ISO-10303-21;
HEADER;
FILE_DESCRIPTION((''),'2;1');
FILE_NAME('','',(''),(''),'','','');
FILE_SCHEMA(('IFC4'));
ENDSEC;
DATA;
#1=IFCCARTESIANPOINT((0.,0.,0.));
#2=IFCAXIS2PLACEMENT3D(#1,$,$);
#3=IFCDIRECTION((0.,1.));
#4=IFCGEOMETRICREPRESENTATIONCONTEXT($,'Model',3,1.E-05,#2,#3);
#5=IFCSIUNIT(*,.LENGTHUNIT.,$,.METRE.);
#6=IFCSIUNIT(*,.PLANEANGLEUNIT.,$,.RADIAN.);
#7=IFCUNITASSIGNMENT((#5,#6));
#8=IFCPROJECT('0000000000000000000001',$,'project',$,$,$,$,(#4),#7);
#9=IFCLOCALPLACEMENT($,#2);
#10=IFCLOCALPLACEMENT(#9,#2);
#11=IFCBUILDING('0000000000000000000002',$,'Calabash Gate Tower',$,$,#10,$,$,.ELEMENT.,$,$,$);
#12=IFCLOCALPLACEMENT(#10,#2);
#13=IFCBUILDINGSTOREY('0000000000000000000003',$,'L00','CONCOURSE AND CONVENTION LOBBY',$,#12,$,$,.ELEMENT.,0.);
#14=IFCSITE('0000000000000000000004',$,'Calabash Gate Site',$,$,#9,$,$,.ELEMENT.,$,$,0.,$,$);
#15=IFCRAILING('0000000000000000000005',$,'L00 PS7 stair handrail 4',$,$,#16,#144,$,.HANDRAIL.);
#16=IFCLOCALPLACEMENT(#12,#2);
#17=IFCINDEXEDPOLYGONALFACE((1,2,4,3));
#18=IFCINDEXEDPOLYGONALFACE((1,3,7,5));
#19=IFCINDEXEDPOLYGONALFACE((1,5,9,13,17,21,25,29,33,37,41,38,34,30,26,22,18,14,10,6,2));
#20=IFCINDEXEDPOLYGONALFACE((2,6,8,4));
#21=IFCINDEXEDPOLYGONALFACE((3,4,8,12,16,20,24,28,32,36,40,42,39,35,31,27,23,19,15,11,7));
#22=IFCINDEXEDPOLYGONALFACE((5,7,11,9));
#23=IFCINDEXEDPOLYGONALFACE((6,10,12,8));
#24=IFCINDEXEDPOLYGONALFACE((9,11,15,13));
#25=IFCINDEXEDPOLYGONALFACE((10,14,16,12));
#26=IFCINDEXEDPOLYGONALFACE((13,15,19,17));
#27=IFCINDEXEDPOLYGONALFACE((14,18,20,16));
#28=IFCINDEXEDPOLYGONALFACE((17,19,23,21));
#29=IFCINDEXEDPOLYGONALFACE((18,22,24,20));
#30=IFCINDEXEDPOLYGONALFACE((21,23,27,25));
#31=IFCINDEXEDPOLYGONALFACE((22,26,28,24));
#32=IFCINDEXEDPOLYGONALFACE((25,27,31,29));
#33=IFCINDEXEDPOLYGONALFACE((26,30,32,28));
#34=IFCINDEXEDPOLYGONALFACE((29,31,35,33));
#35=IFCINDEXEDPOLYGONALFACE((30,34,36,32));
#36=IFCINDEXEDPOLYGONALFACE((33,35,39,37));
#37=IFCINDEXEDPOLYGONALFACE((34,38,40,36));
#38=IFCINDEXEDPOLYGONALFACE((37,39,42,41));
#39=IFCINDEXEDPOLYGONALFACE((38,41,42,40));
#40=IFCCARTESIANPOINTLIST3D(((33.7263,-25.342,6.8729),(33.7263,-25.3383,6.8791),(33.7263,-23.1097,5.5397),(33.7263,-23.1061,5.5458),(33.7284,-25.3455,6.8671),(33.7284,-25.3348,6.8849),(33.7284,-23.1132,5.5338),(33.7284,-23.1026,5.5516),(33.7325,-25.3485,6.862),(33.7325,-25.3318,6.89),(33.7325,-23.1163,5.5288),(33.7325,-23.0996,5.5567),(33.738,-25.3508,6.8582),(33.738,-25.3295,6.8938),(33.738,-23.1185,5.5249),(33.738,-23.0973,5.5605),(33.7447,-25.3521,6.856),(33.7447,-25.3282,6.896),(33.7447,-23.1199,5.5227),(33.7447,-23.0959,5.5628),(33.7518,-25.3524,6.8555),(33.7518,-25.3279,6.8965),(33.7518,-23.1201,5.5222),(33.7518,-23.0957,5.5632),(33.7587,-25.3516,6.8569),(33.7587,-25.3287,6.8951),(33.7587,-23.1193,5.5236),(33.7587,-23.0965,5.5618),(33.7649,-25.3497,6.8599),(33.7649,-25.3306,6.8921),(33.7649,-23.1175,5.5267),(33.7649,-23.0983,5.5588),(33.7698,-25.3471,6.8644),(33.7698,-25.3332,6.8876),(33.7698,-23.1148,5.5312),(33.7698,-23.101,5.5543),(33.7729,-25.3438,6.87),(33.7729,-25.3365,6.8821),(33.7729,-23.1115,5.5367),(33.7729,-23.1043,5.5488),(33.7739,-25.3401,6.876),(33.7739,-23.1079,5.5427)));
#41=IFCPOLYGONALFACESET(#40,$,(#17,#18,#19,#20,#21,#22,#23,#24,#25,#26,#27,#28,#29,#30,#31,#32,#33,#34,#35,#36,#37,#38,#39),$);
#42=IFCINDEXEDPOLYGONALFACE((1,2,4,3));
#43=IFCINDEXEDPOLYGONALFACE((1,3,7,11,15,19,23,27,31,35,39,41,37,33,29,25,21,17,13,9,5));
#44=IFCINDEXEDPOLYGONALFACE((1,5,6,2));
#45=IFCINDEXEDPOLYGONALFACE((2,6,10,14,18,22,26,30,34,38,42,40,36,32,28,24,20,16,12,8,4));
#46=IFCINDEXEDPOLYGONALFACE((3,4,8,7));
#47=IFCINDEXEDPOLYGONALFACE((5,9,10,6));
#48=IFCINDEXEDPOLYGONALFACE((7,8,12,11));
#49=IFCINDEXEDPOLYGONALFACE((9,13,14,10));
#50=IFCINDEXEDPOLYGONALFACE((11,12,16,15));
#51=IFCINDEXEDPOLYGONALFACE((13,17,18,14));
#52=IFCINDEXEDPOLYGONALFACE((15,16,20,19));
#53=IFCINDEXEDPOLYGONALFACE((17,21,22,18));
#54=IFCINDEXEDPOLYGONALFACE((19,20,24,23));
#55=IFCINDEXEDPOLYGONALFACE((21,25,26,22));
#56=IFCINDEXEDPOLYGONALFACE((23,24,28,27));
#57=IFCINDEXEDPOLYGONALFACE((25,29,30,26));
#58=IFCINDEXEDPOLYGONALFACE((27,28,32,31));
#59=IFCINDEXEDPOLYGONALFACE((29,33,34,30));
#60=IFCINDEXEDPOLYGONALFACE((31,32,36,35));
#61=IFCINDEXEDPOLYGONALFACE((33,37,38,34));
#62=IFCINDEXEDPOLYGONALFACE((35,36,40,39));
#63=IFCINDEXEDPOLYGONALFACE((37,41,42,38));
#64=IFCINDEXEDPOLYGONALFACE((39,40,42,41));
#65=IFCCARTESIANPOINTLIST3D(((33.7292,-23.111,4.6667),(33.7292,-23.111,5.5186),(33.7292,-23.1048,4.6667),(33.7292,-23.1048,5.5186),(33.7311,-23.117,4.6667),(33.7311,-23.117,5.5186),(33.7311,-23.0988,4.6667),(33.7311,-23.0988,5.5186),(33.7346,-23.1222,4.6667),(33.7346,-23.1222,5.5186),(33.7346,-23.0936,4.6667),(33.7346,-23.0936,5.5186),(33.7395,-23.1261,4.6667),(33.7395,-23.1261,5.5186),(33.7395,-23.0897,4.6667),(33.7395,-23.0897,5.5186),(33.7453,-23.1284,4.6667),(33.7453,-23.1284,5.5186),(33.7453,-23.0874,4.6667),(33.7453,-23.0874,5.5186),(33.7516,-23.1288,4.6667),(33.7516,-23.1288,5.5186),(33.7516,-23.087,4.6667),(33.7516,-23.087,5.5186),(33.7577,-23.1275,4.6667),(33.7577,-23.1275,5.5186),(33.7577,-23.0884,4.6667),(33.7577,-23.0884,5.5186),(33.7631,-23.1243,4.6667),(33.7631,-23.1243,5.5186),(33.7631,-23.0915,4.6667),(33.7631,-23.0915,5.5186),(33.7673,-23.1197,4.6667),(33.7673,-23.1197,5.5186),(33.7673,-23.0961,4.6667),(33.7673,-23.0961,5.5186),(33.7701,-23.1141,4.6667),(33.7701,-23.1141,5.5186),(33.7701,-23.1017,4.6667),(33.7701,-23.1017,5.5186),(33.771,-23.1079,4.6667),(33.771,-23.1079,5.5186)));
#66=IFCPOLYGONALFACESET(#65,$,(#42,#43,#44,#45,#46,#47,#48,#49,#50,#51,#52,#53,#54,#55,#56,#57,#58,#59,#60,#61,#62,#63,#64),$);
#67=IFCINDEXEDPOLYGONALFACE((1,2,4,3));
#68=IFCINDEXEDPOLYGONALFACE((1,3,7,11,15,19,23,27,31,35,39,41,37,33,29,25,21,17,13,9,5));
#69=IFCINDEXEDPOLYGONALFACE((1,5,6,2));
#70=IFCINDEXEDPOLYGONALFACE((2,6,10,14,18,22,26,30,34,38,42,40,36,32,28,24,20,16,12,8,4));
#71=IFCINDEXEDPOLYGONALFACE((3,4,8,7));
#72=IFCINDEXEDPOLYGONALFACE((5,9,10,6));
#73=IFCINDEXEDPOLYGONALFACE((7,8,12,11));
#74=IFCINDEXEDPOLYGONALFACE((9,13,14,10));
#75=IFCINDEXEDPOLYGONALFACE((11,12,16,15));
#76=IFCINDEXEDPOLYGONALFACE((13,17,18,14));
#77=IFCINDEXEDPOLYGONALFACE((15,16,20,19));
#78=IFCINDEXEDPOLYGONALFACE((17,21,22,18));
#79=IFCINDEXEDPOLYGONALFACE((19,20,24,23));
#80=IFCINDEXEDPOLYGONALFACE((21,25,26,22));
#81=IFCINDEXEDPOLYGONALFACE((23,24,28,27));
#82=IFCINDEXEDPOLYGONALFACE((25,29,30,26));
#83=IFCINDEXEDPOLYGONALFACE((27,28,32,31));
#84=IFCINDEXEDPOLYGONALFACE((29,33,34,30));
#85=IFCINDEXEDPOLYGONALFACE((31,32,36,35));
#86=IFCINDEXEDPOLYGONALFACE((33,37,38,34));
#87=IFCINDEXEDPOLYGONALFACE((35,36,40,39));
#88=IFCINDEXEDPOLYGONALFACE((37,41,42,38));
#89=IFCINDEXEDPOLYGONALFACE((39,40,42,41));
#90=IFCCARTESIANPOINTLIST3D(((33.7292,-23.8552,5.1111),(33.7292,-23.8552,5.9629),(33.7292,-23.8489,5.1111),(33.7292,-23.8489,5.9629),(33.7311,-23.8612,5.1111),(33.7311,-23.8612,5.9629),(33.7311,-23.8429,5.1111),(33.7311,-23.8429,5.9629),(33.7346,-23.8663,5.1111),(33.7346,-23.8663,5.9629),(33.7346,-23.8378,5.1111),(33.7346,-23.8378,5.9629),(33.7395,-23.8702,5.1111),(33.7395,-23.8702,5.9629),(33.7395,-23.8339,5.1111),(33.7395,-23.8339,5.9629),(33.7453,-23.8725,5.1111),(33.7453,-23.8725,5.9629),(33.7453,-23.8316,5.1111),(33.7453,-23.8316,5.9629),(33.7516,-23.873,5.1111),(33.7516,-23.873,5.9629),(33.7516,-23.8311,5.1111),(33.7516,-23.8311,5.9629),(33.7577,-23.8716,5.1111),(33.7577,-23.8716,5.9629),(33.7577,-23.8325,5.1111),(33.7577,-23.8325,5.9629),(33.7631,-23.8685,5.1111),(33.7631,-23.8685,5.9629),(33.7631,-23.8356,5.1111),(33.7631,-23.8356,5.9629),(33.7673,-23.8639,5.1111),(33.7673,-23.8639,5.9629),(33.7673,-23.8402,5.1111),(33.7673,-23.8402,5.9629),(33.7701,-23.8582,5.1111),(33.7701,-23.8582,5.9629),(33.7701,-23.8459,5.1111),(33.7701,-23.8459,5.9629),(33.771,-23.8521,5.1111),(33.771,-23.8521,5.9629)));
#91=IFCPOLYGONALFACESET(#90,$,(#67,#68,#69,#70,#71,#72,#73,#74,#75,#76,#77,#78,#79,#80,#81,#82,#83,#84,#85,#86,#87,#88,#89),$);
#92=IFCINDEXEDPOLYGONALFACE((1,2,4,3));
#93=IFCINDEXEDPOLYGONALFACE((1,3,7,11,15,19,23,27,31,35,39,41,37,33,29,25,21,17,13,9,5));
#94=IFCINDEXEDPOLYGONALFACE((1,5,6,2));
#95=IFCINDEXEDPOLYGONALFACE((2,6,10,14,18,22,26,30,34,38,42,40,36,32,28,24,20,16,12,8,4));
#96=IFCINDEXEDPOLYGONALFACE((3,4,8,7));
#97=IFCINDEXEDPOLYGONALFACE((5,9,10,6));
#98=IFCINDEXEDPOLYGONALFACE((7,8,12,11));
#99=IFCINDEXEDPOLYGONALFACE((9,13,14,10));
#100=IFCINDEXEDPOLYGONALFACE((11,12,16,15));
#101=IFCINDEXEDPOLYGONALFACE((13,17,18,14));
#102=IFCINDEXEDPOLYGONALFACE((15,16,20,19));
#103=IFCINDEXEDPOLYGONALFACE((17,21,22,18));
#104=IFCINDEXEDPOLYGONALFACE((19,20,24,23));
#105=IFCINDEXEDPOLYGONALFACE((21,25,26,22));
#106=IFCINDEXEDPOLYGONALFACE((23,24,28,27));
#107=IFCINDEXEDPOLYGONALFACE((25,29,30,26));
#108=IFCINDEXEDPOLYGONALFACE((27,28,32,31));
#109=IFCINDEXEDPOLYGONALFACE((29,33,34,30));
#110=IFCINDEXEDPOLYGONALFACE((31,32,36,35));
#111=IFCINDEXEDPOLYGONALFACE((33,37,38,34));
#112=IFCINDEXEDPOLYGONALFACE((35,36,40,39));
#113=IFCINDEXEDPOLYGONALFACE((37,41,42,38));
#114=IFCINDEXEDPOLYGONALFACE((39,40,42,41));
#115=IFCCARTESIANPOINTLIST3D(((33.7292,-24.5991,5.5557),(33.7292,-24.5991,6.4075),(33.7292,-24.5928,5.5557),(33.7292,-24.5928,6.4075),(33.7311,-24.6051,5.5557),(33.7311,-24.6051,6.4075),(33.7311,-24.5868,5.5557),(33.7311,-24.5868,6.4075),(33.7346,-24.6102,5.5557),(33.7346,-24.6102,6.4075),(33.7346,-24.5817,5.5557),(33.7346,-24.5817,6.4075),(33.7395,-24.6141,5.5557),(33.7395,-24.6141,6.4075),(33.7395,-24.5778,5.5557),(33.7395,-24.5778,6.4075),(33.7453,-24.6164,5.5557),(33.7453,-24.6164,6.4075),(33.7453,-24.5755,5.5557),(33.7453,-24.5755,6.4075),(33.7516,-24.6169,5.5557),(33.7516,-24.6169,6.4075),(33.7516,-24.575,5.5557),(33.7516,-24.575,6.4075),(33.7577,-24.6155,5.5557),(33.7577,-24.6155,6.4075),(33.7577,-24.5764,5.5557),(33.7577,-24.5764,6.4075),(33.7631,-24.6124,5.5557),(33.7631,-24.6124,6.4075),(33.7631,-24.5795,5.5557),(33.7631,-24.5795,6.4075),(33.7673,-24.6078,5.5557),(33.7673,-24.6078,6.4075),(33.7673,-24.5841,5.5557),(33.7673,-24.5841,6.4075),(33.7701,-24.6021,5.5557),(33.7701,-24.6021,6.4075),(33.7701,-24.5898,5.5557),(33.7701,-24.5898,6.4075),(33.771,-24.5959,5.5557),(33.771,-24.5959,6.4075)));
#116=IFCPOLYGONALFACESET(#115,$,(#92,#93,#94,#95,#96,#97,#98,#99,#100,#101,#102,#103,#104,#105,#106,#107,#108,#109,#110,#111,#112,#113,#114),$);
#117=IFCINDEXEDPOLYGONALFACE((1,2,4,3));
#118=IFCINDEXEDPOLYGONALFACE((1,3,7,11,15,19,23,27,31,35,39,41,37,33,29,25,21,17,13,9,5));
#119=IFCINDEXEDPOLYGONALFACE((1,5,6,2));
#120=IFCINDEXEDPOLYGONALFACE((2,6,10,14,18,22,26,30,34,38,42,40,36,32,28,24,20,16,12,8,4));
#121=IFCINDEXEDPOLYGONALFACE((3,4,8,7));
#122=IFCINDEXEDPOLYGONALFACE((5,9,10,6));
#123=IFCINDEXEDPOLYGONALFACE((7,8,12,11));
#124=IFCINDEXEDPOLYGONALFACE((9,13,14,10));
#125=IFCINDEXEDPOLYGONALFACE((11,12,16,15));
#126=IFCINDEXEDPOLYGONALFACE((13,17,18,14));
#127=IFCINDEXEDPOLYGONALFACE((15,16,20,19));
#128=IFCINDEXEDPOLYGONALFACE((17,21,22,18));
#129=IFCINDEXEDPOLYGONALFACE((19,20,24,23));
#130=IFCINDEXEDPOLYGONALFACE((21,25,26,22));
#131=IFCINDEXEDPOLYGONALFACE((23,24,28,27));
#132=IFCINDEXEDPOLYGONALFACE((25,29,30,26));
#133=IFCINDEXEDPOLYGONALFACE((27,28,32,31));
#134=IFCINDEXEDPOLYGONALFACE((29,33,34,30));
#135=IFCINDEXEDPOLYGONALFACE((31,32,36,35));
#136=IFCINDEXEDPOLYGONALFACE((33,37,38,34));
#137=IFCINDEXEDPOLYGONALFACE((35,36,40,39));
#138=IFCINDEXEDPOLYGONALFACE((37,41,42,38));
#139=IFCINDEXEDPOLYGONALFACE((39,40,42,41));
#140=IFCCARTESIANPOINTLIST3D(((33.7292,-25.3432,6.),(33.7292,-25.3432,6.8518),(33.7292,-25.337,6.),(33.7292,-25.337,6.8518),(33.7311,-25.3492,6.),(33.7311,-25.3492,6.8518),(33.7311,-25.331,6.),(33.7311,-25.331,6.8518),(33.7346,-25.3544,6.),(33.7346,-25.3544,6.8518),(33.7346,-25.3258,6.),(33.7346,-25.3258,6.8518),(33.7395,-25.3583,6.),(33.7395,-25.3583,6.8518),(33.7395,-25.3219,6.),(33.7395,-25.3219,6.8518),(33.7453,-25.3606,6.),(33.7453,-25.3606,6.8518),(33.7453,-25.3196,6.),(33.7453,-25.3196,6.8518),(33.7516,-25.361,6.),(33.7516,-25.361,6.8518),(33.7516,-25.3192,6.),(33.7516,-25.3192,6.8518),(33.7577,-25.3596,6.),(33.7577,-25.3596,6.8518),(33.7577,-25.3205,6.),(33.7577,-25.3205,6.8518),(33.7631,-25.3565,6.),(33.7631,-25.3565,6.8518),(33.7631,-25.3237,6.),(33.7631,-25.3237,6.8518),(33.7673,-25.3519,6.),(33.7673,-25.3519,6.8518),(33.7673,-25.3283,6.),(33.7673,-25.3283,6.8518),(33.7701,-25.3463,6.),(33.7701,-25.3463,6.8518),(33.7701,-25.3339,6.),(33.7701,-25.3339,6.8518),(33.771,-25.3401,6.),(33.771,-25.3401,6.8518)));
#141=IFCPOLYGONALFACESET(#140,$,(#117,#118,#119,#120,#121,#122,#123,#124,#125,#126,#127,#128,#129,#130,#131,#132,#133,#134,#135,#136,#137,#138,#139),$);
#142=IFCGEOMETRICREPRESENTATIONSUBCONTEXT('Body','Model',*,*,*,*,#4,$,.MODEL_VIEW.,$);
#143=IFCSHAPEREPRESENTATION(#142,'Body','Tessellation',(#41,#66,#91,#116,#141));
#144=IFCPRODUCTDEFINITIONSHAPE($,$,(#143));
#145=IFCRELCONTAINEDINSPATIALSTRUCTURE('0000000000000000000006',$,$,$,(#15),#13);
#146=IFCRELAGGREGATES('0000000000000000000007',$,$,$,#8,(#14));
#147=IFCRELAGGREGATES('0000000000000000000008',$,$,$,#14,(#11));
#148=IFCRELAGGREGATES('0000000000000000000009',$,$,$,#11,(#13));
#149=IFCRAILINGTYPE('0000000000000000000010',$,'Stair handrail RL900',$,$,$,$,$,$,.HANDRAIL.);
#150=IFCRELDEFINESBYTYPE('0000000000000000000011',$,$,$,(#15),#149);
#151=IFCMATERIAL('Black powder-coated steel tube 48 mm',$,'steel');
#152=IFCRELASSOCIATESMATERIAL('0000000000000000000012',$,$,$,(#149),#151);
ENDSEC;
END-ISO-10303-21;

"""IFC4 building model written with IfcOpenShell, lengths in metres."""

from ifc_helpers import new_model, si_unit, direction, frame, origin, origin_2d, place, context, subcontext, project, spatial, circle, extrude, material, type_object, element, save


model = new_model("IFC4")

# Units and contexts
model_context = context("Model", 3, precision=1e-05, world=origin(), true_north=direction((0.0, 1.0)))
body_context = subcontext(model_context, "Body", "Model", "MODEL_VIEW")
ifc_project = project(units=[si_unit("LENGTHUNIT", "METRE"), si_unit("PLANEANGLEUNIT", "RADIAN")], contexts=[model_context])

# Site, building, storey
site_placement = place(None, origin())
site = spatial("IfcSite", under=ifc_project, at=site_placement, Name="Calabash Gate Site", CompositionType="ELEMENT", RefElevation=0.0)
building_placement = place(site_placement, origin())
building = spatial("IfcBuilding", under=site, at=building_placement, Name="Calabash Gate Tower", CompositionType="ELEMENT")
storey_placement = place(building_placement, origin())
storey = spatial("IfcBuildingStorey", under=building, at=storey_placement, Name="L00", Description="CONCOURSE AND CONVENTION LOBBY", CompositionType="ELEMENT", Elevation=0.0)

# Railing
ifc_material_1 = material(Name="Black powder-coated steel tube 48 mm", Category="steel")
railing_type = type_object("IfcRailingType", Name="Stair handrail RL900", PredefinedType="HANDRAIL", material=ifc_material_1)
for number, where, name in (
    (1, (33.75, -23.1079, 4.6667), "L00 PS7 stair handrail 4"),
):
    element("IfcRailing", number, at=place(storey_placement, frame(where)), inside=storey, type_object=railing_type, Name=name, PredefinedType="HANDRAIL", context=body_context, shape_type="SweptSolid", body=[
        extrude(circle(Radius=0.0239, at=origin_2d()), frame((0.0, 0.0, 0.876), z_axis=(0.0, -0.858519, 0.512782), x_axis=(1.0, 0.0, 0.0)), (0.0, 0.0, 1.0), 2.6001),
        extrude(circle(Radius=0.021, at=origin_2d()), origin(), (0.0, 0.0, 1.0), 0.8518),
        extrude(circle(Radius=0.021, at=origin_2d()), frame((0.0, -0.7441, 0.4443)), (0.0, 0.0, 1.0), 0.8518),
        extrude(circle(Radius=0.021, at=origin_2d()), frame((0.0, -1.488, 0.8889)), (0.0, 0.0, 1.0), 0.8518),
        extrude(circle(Radius=0.021, at=origin_2d()), frame((0.0, -2.2322, 1.3333)), (0.0, 0.0, 1.0), 0.8518),
    ])

save(model, "model.ifc")
